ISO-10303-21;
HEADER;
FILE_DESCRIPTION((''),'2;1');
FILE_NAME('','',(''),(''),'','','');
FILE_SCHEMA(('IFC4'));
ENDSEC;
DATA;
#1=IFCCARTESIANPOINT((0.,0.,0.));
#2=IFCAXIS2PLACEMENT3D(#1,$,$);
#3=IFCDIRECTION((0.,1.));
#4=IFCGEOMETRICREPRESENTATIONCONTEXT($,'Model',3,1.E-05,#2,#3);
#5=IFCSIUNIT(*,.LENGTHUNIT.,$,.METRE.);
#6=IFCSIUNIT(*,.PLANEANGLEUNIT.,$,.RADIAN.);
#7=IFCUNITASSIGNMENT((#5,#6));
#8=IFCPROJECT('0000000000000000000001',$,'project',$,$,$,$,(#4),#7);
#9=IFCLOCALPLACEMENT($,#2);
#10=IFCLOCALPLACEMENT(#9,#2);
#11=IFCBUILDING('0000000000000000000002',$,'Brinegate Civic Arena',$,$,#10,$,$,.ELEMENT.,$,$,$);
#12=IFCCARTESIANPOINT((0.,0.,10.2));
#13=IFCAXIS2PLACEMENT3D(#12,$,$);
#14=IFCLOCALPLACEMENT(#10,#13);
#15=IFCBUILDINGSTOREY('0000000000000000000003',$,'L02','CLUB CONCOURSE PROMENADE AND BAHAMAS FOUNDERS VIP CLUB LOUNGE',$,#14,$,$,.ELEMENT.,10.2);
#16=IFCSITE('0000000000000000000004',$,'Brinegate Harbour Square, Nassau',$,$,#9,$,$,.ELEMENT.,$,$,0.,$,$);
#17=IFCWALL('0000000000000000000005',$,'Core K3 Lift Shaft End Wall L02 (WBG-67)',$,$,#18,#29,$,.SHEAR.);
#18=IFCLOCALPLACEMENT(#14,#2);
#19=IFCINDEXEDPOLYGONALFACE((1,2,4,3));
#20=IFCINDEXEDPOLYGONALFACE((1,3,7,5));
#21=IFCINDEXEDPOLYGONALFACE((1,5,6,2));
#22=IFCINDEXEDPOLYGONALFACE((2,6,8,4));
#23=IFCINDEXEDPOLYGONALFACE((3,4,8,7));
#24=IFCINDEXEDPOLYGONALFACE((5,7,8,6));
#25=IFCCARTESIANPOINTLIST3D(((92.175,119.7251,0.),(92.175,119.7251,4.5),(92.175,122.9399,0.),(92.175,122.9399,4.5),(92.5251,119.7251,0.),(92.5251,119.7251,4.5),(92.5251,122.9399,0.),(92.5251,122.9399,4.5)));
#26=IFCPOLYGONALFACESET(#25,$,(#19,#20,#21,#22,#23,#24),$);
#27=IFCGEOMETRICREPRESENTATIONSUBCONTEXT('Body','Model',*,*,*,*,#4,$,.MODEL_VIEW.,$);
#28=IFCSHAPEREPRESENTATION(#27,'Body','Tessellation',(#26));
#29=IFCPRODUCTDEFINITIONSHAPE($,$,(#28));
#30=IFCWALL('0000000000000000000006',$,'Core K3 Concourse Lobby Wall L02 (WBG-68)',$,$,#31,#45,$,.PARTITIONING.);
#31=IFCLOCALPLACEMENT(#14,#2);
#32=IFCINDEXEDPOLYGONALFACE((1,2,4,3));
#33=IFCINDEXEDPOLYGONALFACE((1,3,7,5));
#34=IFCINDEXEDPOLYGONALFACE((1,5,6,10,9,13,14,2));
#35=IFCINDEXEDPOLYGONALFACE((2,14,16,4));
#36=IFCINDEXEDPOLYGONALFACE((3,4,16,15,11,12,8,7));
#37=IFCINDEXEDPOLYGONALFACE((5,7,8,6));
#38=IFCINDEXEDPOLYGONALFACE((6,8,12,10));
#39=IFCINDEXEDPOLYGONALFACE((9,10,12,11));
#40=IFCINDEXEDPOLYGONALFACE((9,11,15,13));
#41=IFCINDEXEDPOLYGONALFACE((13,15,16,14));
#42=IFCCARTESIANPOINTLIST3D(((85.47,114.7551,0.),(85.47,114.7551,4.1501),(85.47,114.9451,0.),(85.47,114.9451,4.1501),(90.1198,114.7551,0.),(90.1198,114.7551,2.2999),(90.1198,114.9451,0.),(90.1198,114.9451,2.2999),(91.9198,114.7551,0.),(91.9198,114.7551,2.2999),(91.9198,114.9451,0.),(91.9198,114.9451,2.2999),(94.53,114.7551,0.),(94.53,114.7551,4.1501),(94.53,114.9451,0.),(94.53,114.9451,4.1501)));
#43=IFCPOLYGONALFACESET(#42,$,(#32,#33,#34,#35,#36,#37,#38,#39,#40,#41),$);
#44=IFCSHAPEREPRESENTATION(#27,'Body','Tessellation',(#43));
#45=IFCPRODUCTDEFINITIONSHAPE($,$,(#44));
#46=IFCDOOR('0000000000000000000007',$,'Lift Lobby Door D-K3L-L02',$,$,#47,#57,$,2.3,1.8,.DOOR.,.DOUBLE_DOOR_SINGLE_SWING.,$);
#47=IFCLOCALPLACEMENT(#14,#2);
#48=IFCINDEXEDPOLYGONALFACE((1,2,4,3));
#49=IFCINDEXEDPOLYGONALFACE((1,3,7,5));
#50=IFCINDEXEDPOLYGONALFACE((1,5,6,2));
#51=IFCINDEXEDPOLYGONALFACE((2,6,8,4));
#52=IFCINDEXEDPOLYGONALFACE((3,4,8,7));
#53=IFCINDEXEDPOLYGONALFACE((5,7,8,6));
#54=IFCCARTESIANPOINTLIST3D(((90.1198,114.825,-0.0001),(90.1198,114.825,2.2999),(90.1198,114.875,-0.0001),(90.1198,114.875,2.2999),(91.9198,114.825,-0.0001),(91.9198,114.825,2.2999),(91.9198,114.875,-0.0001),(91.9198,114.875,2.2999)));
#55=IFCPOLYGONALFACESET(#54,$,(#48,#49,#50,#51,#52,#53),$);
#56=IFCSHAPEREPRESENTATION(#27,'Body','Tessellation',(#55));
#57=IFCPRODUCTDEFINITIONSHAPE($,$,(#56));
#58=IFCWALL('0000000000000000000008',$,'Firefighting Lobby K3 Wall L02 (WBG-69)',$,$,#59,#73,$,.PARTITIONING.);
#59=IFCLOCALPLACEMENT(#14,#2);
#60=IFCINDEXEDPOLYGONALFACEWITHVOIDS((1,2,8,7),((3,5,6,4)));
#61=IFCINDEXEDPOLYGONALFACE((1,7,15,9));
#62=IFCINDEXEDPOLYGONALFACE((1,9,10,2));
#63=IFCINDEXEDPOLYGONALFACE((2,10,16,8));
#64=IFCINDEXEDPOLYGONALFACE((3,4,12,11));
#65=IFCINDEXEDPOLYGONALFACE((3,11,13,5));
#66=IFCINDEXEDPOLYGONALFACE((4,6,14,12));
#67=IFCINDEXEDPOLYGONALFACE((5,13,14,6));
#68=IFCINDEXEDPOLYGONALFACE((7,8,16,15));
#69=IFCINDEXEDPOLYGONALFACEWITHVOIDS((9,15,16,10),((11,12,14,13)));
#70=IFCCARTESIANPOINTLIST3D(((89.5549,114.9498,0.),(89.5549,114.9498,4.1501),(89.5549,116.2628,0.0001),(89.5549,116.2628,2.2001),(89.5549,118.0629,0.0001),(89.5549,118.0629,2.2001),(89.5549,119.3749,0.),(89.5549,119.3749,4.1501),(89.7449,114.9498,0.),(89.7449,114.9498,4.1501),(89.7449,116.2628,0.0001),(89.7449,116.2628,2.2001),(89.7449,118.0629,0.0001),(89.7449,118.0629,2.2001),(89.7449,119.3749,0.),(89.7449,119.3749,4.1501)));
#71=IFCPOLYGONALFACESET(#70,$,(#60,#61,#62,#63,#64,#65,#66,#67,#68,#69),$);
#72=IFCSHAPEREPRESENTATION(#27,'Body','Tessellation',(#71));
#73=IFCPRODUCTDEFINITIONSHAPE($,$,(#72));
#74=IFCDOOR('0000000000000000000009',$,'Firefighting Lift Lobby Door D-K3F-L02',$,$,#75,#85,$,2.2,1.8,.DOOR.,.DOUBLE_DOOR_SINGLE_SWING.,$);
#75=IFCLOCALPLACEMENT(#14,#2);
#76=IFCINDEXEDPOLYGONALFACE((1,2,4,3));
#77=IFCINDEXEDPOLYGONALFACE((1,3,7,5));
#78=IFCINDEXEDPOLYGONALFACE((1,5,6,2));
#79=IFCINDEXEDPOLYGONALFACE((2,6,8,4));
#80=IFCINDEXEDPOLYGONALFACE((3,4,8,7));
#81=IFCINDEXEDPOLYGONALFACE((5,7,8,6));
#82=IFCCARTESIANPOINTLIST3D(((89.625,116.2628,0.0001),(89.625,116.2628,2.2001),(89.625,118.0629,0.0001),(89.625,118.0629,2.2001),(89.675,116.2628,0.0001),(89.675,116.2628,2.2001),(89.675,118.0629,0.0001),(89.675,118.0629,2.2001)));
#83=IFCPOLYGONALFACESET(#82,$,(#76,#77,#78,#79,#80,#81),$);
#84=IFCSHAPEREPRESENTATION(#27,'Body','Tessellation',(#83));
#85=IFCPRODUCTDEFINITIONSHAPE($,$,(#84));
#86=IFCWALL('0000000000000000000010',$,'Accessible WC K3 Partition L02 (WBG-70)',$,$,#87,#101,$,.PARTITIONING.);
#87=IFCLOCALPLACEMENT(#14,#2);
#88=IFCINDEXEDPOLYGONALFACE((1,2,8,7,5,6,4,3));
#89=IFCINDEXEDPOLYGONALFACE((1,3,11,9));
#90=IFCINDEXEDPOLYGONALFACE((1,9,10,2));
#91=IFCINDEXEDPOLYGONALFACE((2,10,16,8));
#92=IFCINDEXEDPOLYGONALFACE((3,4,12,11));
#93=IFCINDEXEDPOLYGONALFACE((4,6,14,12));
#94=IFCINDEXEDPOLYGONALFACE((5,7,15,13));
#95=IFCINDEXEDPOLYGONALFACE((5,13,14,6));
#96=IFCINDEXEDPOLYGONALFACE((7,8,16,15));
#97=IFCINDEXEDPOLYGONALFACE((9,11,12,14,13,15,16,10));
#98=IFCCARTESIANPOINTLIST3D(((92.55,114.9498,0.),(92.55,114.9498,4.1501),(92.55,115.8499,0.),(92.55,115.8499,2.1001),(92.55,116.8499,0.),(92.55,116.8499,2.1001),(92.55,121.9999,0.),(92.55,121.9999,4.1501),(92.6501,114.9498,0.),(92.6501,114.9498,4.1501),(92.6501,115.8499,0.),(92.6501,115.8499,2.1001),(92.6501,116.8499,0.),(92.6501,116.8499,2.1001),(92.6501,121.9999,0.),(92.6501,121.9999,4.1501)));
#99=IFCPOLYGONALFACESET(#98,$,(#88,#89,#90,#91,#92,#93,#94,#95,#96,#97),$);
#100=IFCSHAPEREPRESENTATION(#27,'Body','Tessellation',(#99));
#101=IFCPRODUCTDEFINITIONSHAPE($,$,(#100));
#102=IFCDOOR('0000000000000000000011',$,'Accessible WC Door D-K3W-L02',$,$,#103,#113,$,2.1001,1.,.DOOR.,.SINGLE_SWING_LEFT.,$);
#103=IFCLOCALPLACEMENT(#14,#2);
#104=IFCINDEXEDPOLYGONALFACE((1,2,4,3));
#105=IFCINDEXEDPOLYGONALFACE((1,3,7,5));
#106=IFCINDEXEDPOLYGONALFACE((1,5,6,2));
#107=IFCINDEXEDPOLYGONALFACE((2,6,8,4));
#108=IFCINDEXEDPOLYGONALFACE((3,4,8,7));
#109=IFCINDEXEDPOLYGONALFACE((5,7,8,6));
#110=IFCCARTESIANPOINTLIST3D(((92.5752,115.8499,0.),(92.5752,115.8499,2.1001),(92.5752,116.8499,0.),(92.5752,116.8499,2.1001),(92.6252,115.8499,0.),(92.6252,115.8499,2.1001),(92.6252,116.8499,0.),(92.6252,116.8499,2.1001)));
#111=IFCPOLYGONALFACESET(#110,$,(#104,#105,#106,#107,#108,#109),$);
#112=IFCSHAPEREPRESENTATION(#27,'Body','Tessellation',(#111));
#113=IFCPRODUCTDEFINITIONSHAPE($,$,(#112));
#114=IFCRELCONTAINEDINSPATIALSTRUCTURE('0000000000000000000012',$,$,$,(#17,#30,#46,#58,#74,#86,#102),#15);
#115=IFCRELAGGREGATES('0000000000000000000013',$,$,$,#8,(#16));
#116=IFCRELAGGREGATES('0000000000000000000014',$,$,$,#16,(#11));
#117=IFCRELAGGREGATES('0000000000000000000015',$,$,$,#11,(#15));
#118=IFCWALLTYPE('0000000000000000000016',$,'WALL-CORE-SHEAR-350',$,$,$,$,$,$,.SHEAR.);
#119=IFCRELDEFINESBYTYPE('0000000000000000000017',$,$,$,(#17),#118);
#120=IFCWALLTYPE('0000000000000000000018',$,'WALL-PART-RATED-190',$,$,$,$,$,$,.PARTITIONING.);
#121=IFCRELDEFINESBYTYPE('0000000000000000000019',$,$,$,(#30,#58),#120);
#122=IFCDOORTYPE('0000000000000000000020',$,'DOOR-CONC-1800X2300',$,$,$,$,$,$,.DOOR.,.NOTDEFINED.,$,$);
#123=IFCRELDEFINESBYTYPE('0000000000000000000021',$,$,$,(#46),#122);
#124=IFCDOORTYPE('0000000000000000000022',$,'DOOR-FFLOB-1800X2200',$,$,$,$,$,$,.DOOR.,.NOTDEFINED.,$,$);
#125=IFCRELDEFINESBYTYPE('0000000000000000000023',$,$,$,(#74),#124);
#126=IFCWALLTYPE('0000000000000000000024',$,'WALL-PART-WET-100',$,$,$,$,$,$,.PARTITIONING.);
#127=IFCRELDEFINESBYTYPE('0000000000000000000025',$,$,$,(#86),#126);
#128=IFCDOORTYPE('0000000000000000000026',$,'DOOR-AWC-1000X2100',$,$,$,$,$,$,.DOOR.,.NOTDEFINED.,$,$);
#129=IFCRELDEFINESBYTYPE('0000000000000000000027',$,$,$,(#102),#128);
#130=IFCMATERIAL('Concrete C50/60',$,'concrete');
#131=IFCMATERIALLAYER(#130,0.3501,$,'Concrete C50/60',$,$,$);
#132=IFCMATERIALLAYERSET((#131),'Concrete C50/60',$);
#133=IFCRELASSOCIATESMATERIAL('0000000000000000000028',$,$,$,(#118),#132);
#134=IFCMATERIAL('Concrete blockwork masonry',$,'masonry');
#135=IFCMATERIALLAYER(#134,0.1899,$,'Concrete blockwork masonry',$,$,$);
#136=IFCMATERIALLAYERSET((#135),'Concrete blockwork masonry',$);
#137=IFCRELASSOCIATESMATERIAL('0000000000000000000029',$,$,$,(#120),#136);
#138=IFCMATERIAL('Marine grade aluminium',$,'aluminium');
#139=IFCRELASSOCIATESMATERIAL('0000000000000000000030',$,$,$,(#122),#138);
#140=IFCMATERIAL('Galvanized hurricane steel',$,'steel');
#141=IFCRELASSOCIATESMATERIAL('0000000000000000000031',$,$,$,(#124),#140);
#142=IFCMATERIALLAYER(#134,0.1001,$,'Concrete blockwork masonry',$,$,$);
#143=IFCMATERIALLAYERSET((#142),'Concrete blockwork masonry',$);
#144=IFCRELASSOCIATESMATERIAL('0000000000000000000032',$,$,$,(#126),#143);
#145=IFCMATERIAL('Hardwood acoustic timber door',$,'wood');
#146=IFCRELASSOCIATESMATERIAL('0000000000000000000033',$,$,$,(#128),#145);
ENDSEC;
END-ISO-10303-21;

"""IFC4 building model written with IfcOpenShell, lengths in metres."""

from ifc_helpers import new_model, si_unit, direction, frame, frame_2d, origin, place, context, subcontext, project, spatial, rectangle, extrude, material, layer, layer_set, type_object, element, fill, save


model = new_model("IFC4")

# Units and contexts
model_context = context("Model", 3, precision=1e-05, world=origin(), true_north=direction((0.0, 1.0)))
body_context = subcontext(model_context, "Body", "Model", "MODEL_VIEW")
ifc_project = project(units=[si_unit("LENGTHUNIT", "METRE"), si_unit("PLANEANGLEUNIT", "RADIAN")], contexts=[model_context])

# Site, building, storey
site_placement = place(None, origin())
site = spatial("IfcSite", under=ifc_project, at=site_placement, Name="Brinegate Harbour Square, Nassau", CompositionType="ELEMENT", RefElevation=0.0)
building_placement = place(site_placement, origin())
building = spatial("IfcBuilding", under=site, at=building_placement, Name="Brinegate Civic Arena", CompositionType="ELEMENT")
storey_placement = place(building_placement, frame((0.0, 0.0, 10.2)))
storey = spatial("IfcBuildingStorey", under=building, at=storey_placement, Name="L02", Description="CLUB CONCOURSE PROMENADE AND BAHAMAS FOUNDERS VIP CLUB LOUNGE", CompositionType="ELEMENT", Elevation=10.2)

# Shared definitions
ifc_material_1 = material(Name="Marine grade aluminium", Category="aluminium")

# Shared definitions
ifc_material_2 = material(Name="Concrete C50/60", Category="concrete")
ifc_layer_1 = layer(ifc_material_2, 0.3501, Name="Concrete C50/60")
ifc_layer_set_1 = layer_set([ifc_layer_1], Name="Concrete C50/60")
wall_type_1 = type_object("IfcWallType", Name="WALL-CORE-SHEAR-350", PredefinedType="SHEAR", material=ifc_layer_set_1)

# Wall
wall_1_placement = place(storey_placement, frame((92.3501, 119.7251, 0.0), z_axis=(0.0, 0.0, 1.0), x_axis=(0.0, 1.0, 0.0)))
element("IfcWall", 1, at=wall_1_placement, inside=storey, type_object=wall_type_1, Name="Core K3 Lift Shaft End Wall L02 (WBG-67)", PredefinedType="SHEAR", context=body_context, shape_type="SweptSolid", body=[
    extrude(rectangle(XDim=3.2148, YDim=0.3501, at=frame_2d((1.6074, 0.0))), origin(), (0.0, 0.0, 1.0), 4.5),
])

# Walls, openings, doors
ifc_material_3 = material(Name="Concrete blockwork masonry", Category="masonry")
ifc_layer_2 = layer(ifc_material_3, 0.1899, Name="Concrete blockwork masonry")
ifc_layer_set_2 = layer_set([ifc_layer_2], Name="Concrete blockwork masonry")
wall_type_2 = type_object("IfcWallType", Name="WALL-PART-RATED-190", PredefinedType="PARTITIONING", material=ifc_layer_set_2)
wall_2_placement = place(storey_placement, frame((85.47, 114.8501, 0.0), z_axis=(0.0, 0.0, 1.0), x_axis=(1.0, 0.0, 0.0)))
wall_2 = element("IfcWall", 2, at=wall_2_placement, inside=storey, type_object=wall_type_2, Name="Core K3 Concourse Lobby Wall L02 (WBG-68)", PredefinedType="PARTITIONING", context=body_context, shape_type="SweptSolid", body=[
    extrude(rectangle(XDim=9.0601, YDim=0.1899, at=frame_2d((4.53, 0.0))), origin(), (0.0, 0.0, 1.0), 4.1501),
])
opening_1_placement = place(wall_2_placement, frame((4.6499, 0.0, 0.0)))
opening_1 = element("IfcOpeningElement", 3, at=opening_1_placement, cuts=wall_2, PredefinedType="OPENING", context=body_context, shape_type="SweptSolid", body=[
    extrude(rectangle(XDim=1.8, YDim=2.3, at=frame_2d((0.8999, 1.1499))), frame((0.0, 0.105, 0.0), z_axis=(0.0, -1.0, 0.0), x_axis=(1.0, 0.0, 0.0)), (0.0, 0.0, 1.0), 0.21),
])
door_type_1 = type_object("IfcDoorType", Name="DOOR-CONC-1800X2300", OperationType="NOTDEFINED", PredefinedType="DOOR", material=ifc_material_1)
door_1_placement = place(opening_1_placement, origin())
door_1 = element("IfcDoor", 4, at=door_1_placement, inside=storey, type_object=door_type_1, Name="Lift Lobby Door D-K3L-L02", OperationType="DOUBLE_DOOR_SINGLE_SWING", OverallHeight=2.3, OverallWidth=1.8, PredefinedType="DOOR", context=body_context, shape_type="SweptSolid", body=[
    extrude(rectangle(XDim=1.8, YDim=2.3, at=frame_2d((0.8999, 1.1499))), frame((0.0, 0.0249, 0.0), z_axis=(0.0, -1.0, 0.0), x_axis=(1.0, 0.0, 0.0)), (0.0, 0.0, 1.0), 0.05),
])
fill(opening_1, door_1)
wall_3_placement = place(storey_placement, frame((89.6499, 114.95, 0.0), z_axis=(0.0, 0.0, 1.0), x_axis=(0.0, 1.0, 0.0)))
wall_3 = element("IfcWall", 5, at=wall_3_placement, inside=storey, type_object=wall_type_2, Name="Firefighting Lobby K3 Wall L02 (WBG-69)", PredefinedType="PARTITIONING", context=body_context, shape_type="SweptSolid", body=[
    extrude(rectangle(XDim=4.425, YDim=0.1899, at=frame_2d((2.2124, 0.0))), origin(), (0.0, 0.0, 1.0), 4.1501),
])
opening_2_placement = place(wall_3_placement, frame((1.313, 0.0, 0.0)))
opening_2 = element("IfcOpeningElement", 6, at=opening_2_placement, cuts=wall_3, PredefinedType="OPENING", context=body_context, shape_type="SweptSolid", body=[
    extrude(rectangle(XDim=1.8, YDim=2.2, at=frame_2d((0.8999, 1.1001))), frame((0.0, 0.105, 0.0), z_axis=(0.0, -1.0, 0.0), x_axis=(1.0, 0.0, 0.0)), (0.0, 0.0, 1.0), 0.21),
])
ifc_material_4 = material(Name="Galvanized hurricane steel", Category="steel")
door_type_2 = type_object("IfcDoorType", Name="DOOR-FFLOB-1800X2200", OperationType="NOTDEFINED", PredefinedType="DOOR", material=ifc_material_4)
door_2_placement = place(opening_2_placement, origin())
door_2 = element("IfcDoor", 7, at=door_2_placement, inside=storey, type_object=door_type_2, Name="Firefighting Lift Lobby Door D-K3F-L02", OperationType="DOUBLE_DOOR_SINGLE_SWING", OverallHeight=2.2, OverallWidth=1.8, PredefinedType="DOOR", context=body_context, shape_type="SweptSolid", body=[
    extrude(rectangle(XDim=1.8, YDim=2.2, at=frame_2d((0.8999, 1.1001))), frame((0.0, 0.0249, 0.0), z_axis=(0.0, -1.0, 0.0), x_axis=(1.0, 0.0, 0.0)), (0.0, 0.0, 1.0), 0.05),
])
fill(opening_2, door_2)
ifc_layer_3 = layer(ifc_material_3, 0.1001, Name="Concrete blockwork masonry")
ifc_layer_set_3 = layer_set([ifc_layer_3], Name="Concrete blockwork masonry")
wall_type_3 = type_object("IfcWallType", Name="WALL-PART-WET-100", PredefinedType="PARTITIONING", material=ifc_layer_set_3)
wall_4_placement = place(storey_placement, frame((92.6001, 114.95, 0.0), z_axis=(0.0, 0.0, 1.0), x_axis=(0.0, 1.0, 0.0)))
wall_4 = element("IfcWall", 8, at=wall_4_placement, inside=storey, type_object=wall_type_3, Name="Accessible WC K3 Partition L02 (WBG-70)", PredefinedType="PARTITIONING", context=body_context, shape_type="SweptSolid", body=[
    extrude(rectangle(XDim=7.05, YDim=0.1001, at=frame_2d((3.5249, 0.0))), origin(), (0.0, 0.0, 1.0), 4.1501),
])
opening_3_placement = place(wall_4_placement, frame((0.8999, 0.0, 0.0)))
opening_3 = element("IfcOpeningElement", 9, at=opening_3_placement, cuts=wall_4, PredefinedType="OPENING", context=body_context, shape_type="SweptSolid", body=[
    extrude(rectangle(XDim=1.0, YDim=2.1001, at=frame_2d((0.5, 1.05))), frame((0.0, 0.0601, 0.0), z_axis=(0.0, -1.0, 0.0), x_axis=(1.0, 0.0, 0.0)), (0.0, 0.0, 1.0), 0.1201),
])
ifc_material_5 = material(Name="Hardwood acoustic timber door", Category="wood")
door_type_3 = type_object("IfcDoorType", Name="DOOR-AWC-1000X2100", OperationType="NOTDEFINED", PredefinedType="DOOR", material=ifc_material_5)
door_3_placement = place(opening_3_placement, origin())
door_3 = element("IfcDoor", 10, at=door_3_placement, inside=storey, type_object=door_type_3, Name="Accessible WC Door D-K3W-L02", OperationType="SINGLE_SWING_LEFT", OverallHeight=2.1001, OverallWidth=1.0, PredefinedType="DOOR", context=body_context, shape_type="SweptSolid", body=[
    extrude(rectangle(XDim=1.0, YDim=2.1001, at=frame_2d((0.5, 1.05))), frame((0.0, 0.0249, 0.0), z_axis=(0.0, -1.0, 0.0), x_axis=(1.0, 0.0, 0.0)), (0.0, 0.0, 1.0), 0.05),
])
fill(opening_3, door_3)

save(model, "model.ifc")
